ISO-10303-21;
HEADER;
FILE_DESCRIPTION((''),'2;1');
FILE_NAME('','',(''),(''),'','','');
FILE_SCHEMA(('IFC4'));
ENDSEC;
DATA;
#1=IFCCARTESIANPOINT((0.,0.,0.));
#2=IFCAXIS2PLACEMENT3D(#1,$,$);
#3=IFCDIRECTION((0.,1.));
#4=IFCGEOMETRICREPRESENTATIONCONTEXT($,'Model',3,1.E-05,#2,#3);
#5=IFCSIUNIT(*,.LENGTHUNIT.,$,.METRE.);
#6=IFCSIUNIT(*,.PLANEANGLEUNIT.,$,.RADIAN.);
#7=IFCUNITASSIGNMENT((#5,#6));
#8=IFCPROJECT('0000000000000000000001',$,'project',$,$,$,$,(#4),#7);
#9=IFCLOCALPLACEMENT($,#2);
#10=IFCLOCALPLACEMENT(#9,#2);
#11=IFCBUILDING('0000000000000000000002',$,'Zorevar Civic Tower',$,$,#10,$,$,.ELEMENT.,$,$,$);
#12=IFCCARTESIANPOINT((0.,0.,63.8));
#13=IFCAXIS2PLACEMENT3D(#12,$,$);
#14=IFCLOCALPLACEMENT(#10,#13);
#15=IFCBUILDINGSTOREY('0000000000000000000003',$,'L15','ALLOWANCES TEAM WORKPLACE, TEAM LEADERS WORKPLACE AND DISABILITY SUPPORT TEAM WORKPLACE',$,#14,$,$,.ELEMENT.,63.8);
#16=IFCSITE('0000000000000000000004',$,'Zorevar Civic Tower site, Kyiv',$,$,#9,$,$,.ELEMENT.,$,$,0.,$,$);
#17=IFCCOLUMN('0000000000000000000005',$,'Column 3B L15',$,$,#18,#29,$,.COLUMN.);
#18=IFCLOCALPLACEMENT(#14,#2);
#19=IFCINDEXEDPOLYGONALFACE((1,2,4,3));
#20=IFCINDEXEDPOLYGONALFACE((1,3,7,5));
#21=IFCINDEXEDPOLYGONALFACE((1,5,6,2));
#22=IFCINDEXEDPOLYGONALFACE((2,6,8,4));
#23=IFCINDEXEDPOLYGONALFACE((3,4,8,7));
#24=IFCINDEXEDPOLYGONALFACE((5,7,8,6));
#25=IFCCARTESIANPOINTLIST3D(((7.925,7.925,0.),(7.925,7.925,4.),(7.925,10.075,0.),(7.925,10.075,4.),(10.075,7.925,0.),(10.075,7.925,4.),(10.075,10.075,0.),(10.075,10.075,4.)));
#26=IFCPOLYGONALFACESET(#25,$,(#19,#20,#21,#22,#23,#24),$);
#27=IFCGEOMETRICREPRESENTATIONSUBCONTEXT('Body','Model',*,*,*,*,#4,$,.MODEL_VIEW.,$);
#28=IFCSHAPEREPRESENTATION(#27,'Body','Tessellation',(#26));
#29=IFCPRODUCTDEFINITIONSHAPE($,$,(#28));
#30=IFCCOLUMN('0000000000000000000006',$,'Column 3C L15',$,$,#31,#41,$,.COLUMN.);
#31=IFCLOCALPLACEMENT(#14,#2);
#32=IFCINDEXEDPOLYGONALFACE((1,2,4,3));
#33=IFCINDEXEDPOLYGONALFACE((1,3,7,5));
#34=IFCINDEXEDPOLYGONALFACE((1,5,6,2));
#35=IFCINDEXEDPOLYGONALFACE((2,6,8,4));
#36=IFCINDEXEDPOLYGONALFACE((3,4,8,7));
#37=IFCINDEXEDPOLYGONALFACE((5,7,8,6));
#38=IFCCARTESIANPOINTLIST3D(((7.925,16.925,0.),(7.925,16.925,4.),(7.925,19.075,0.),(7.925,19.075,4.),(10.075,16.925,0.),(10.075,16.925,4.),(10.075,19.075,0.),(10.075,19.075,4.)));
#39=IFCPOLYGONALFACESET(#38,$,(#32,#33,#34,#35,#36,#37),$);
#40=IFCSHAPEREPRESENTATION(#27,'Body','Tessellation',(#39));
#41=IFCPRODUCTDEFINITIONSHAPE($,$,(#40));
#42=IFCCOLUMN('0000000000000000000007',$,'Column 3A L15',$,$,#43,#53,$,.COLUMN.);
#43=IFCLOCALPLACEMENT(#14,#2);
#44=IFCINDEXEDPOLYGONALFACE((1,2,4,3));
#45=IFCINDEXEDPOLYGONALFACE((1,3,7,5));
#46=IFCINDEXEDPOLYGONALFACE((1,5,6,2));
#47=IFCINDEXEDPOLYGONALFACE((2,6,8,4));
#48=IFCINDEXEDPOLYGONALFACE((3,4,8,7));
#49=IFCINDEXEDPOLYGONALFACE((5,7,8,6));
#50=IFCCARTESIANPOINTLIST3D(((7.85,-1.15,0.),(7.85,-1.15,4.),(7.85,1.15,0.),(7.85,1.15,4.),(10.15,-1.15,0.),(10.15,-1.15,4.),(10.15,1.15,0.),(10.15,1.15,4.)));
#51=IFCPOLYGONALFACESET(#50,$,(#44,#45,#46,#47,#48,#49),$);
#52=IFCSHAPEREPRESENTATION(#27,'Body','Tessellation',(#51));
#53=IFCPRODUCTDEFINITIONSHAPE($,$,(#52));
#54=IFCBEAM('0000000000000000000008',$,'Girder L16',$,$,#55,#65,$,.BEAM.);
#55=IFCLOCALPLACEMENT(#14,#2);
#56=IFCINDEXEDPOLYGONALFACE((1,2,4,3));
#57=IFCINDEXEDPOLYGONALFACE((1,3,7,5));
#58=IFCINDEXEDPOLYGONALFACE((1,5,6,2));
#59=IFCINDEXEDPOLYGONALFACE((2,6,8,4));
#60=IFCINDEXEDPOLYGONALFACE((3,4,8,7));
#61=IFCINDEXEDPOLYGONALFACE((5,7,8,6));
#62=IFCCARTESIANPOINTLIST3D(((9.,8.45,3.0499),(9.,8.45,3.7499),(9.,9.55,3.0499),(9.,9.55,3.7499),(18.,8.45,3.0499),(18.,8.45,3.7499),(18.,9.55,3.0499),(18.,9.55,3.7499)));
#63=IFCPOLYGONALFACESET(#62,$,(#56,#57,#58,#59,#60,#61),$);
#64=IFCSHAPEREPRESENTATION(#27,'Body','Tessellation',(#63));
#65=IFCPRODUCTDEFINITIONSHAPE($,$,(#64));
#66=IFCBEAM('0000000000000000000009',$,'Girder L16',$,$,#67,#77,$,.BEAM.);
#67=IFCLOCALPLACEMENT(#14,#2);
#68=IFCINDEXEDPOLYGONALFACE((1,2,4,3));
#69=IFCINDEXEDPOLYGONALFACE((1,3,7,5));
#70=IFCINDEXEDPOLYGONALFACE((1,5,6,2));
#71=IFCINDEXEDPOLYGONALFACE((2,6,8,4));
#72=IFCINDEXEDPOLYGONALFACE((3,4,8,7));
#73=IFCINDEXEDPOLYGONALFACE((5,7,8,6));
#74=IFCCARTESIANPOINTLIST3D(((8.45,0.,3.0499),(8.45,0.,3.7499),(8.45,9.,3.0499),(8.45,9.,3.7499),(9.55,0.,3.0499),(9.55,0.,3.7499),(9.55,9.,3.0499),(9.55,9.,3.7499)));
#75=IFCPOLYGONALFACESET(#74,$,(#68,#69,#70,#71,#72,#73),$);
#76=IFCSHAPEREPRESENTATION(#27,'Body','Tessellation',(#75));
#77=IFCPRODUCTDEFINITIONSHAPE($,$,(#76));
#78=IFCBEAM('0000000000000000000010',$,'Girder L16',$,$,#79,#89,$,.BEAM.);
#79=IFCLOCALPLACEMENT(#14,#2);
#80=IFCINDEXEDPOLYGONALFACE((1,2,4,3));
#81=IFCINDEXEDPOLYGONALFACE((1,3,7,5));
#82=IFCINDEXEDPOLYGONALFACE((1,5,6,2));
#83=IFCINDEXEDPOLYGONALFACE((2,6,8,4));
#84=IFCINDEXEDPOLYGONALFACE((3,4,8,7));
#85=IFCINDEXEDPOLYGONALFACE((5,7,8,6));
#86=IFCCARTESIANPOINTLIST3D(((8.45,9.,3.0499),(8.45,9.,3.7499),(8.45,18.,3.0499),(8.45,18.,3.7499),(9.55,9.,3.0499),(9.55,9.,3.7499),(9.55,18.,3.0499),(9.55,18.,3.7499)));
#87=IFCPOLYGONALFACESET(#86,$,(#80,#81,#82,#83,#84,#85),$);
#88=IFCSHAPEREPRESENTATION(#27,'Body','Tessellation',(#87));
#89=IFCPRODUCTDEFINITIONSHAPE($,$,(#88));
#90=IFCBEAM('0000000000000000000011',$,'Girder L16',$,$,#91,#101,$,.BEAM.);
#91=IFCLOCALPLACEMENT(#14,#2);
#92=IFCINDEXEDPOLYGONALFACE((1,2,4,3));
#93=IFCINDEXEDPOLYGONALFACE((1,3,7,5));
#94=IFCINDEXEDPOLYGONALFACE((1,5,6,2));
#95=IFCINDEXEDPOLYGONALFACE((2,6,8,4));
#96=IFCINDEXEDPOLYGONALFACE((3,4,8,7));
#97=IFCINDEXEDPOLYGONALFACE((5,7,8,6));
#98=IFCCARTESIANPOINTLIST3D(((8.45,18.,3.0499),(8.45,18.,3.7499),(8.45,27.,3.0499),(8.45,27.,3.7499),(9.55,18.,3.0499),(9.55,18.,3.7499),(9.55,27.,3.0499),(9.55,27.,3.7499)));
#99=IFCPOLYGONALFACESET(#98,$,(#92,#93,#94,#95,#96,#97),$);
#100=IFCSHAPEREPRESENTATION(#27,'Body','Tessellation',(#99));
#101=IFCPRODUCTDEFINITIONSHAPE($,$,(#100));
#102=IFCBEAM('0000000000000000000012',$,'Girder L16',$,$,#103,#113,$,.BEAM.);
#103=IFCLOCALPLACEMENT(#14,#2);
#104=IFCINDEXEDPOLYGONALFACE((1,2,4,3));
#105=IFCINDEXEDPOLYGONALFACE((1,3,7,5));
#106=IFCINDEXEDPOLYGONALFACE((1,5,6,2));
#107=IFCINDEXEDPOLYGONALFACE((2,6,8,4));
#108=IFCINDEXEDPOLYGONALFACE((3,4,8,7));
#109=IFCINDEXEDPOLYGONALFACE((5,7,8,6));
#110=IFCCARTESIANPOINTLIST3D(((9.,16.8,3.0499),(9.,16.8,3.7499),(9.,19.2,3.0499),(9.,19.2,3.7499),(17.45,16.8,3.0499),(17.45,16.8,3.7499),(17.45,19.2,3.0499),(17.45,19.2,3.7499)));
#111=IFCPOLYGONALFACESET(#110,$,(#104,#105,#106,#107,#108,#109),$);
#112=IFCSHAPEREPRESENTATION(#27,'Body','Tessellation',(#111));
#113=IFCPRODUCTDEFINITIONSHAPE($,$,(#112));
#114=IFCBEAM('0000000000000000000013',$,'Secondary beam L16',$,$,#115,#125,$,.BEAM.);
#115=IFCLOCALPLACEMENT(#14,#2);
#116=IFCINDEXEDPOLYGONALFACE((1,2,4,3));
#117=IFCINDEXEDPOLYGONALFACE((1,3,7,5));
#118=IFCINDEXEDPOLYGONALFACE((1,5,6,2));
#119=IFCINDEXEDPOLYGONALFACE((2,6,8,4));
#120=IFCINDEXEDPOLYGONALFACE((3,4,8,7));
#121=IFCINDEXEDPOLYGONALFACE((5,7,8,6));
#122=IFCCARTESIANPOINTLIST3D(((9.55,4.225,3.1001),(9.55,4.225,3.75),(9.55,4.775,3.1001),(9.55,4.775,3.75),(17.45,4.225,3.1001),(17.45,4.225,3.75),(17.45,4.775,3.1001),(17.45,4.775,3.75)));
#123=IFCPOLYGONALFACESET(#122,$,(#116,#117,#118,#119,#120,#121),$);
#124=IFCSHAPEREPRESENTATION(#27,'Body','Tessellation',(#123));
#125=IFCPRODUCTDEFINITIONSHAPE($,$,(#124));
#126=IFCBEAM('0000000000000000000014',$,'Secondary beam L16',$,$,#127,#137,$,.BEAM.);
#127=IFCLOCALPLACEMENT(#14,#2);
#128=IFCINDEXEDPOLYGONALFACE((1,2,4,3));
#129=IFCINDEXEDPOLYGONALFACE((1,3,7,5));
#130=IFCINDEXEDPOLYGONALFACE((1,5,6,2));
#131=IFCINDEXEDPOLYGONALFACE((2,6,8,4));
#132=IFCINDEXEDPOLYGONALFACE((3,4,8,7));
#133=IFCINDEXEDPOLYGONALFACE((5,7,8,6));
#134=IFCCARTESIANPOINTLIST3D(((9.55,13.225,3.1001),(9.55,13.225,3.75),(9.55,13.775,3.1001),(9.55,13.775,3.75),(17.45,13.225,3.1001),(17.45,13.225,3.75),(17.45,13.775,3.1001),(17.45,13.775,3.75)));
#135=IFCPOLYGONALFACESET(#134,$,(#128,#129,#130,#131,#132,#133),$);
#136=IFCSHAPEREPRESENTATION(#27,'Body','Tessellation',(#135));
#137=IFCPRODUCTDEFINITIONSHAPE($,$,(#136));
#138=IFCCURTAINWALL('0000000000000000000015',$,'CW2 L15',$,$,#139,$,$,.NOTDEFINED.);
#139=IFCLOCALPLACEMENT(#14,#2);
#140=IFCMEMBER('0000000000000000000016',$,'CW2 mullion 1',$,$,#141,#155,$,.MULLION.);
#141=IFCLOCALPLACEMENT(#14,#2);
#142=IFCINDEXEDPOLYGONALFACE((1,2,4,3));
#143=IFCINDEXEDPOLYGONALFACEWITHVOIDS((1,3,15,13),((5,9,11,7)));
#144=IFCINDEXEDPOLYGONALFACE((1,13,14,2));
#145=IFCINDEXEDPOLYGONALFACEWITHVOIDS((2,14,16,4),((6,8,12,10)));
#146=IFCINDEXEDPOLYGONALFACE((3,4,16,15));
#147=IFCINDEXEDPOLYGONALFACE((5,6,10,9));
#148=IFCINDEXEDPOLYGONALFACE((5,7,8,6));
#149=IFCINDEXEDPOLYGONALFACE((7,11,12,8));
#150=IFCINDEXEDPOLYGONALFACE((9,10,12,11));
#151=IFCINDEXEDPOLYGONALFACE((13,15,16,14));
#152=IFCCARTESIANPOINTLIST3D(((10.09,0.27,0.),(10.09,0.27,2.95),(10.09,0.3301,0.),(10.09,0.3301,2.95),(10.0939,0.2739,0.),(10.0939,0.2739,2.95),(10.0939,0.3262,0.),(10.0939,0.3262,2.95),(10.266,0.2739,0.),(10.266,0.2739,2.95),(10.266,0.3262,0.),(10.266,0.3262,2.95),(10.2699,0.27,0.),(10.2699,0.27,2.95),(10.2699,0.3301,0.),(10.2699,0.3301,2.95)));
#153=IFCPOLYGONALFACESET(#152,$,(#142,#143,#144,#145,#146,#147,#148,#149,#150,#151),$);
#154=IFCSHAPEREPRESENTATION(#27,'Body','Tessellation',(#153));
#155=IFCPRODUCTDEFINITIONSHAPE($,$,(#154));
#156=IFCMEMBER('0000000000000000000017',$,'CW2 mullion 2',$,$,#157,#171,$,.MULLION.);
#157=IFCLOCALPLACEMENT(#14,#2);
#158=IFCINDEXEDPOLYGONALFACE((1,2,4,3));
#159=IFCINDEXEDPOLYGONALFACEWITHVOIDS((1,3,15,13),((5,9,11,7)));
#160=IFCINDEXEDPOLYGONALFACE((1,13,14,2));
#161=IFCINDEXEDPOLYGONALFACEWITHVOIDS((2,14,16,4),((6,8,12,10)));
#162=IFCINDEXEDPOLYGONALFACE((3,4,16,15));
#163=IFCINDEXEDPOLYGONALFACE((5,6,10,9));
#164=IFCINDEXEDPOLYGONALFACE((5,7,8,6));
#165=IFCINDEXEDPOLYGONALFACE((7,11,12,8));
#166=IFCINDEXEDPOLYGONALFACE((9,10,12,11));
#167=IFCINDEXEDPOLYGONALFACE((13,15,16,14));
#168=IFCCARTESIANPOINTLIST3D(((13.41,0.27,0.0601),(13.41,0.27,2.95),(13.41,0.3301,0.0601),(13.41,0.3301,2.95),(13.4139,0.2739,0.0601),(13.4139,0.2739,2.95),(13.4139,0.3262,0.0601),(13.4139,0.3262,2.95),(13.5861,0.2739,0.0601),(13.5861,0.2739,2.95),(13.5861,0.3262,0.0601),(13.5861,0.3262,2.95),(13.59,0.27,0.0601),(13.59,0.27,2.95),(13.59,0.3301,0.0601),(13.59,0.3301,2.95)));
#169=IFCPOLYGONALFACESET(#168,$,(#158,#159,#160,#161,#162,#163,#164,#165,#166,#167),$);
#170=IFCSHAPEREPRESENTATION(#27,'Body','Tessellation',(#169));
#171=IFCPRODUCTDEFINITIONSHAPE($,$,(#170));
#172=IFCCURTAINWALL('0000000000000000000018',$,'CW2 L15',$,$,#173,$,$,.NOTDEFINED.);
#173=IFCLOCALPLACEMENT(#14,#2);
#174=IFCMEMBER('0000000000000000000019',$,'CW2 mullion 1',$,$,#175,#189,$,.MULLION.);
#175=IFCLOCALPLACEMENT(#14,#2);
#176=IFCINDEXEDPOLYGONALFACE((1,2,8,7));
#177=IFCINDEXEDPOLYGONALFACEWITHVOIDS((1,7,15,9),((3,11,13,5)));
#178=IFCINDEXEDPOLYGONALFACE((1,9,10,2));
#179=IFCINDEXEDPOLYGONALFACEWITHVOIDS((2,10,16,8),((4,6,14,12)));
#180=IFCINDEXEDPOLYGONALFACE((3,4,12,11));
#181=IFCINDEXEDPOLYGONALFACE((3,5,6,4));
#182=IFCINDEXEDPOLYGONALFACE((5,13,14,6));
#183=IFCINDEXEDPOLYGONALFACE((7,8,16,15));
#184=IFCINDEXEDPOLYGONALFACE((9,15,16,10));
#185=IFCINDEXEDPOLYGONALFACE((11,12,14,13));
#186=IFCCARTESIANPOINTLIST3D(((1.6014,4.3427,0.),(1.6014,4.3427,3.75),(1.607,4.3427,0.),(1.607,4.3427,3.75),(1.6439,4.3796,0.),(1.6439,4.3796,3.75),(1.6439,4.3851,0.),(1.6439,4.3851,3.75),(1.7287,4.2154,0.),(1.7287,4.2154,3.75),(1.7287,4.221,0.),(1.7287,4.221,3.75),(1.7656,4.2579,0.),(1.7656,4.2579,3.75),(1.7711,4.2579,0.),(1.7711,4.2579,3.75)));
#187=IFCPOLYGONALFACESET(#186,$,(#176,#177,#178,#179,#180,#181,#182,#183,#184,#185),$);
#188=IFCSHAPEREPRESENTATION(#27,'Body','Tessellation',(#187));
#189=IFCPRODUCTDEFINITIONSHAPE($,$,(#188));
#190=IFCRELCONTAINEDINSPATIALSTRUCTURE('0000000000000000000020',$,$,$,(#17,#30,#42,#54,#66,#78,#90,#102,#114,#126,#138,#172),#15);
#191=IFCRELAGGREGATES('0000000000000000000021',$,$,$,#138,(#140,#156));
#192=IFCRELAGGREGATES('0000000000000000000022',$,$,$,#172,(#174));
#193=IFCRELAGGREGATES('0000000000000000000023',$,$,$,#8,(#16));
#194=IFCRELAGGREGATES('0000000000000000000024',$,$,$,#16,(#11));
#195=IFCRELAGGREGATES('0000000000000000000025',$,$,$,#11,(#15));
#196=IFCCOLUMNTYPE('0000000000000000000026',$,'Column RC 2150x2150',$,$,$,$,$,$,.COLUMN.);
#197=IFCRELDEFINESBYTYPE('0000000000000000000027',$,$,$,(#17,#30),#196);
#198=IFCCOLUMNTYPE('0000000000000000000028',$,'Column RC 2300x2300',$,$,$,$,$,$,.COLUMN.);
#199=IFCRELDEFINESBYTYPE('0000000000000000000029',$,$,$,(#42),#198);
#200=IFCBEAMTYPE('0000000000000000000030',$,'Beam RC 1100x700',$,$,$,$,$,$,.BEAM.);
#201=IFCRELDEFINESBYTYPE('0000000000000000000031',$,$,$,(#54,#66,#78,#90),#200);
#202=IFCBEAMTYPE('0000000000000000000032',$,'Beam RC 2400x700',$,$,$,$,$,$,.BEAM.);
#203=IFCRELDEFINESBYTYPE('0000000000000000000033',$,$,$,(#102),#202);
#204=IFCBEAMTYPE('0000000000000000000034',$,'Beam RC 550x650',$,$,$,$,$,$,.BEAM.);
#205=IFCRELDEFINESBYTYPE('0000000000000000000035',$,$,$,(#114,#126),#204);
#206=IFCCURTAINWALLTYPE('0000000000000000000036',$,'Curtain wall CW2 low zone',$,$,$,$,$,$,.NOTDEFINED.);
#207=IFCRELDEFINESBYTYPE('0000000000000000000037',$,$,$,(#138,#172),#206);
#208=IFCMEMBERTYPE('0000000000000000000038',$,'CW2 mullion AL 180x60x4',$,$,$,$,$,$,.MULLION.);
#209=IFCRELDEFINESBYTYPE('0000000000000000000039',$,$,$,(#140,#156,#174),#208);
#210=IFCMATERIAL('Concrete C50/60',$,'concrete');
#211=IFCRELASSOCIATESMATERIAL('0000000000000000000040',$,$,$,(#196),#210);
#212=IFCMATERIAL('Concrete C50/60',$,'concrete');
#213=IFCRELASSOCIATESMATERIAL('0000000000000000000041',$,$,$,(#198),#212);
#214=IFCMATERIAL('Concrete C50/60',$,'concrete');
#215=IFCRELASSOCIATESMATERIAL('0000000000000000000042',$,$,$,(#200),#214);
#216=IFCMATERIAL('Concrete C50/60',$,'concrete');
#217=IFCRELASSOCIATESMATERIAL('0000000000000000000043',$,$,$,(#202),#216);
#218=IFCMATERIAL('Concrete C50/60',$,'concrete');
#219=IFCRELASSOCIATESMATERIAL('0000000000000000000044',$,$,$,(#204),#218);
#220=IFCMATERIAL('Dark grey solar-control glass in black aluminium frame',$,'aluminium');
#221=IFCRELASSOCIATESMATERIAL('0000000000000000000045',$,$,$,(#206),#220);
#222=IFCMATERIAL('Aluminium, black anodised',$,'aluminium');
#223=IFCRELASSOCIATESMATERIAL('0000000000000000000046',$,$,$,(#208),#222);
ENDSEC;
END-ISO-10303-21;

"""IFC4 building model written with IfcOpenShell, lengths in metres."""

from ifc_helpers import new_model, si_unit, direction, frame, origin, origin_2d, place, context, subcontext, project, spatial, rectangle, hollow_rectangle, extrude, material, material_profile, profile_set, type_object, element, aggregate, save


model = new_model("IFC4")

# Units and contexts
model_context = context("Model", 3, precision=1e-05, world=origin(), true_north=direction((0.0, 1.0)))
body_context = subcontext(model_context, "Body", "Model", "MODEL_VIEW")
ifc_project = project(units=[si_unit("LENGTHUNIT", "METRE"), si_unit("PLANEANGLEUNIT", "RADIAN")], contexts=[model_context])

# Site, building, storey
site_placement = place(None, origin())
site = spatial("IfcSite", under=ifc_project, at=site_placement, Name="Zorevar Civic Tower site, Kyiv", CompositionType="ELEMENT", RefElevation=0.0)
building_placement = place(site_placement, origin())
building = spatial("IfcBuilding", under=site, at=building_placement, Name="Zorevar Civic Tower", CompositionType="ELEMENT")
storey_placement = place(building_placement, frame((0.0, 0.0, 63.8)))
storey = spatial("IfcBuildingStorey", under=building, at=storey_placement, Name="L15", Description="ALLOWANCES TEAM WORKPLACE, TEAM LEADERS WORKPLACE AND DISABILITY SUPPORT TEAM WORKPLACE", CompositionType="ELEMENT", Elevation=63.8)

# Columns
ifc_material_1 = material(Name="Concrete C50/60", Category="concrete")
ifc_material_profile_1 = material_profile(ifc_material_1, rectangle(XDim=2.1499, YDim=2.1499, at=origin_2d()), Name="RC 2150x2150")
ifc_profile_set_1 = profile_set([ifc_material_profile_1], Name="Concrete C50/60")
column_type_1 = type_object("IfcColumnType", Name="Column RC 2150x2150", PredefinedType="COLUMN", material=ifc_profile_set_1)
for number, where, z_axis, x_axis, name in (
    (1, (9.0, 9.0, 0.0), (0.0, 0.0, 1.0), (1.0, 0.0, 0.0), "Column 3B L15"),
    (2, (9.0, 18.0, 0.0), (0.0, 0.0, 1.0), (1.0, 0.0, 0.0), "Column 3C L15"),
):
    element("IfcColumn", number, at=place(storey_placement, frame(where, z_axis=z_axis, x_axis=x_axis)), inside=storey, type_object=column_type_1, Name=name, PredefinedType="COLUMN", context=body_context, shape_type="SweptSolid", body=[
        extrude(rectangle(XDim=2.1499, YDim=2.1499, at=origin_2d()), origin(), (0.0, 0.0, 1.0), 4.0),
    ])
ifc_material_2 = material(Name="Concrete C50/60", Category="concrete")
ifc_material_profile_2 = material_profile(ifc_material_2, rectangle(XDim=2.3, YDim=2.3, at=origin_2d()), Name="RC 2300x2300")
ifc_profile_set_2 = profile_set([ifc_material_profile_2], Name="Concrete C50/60")
column_type_2 = type_object("IfcColumnType", Name="Column RC 2300x2300", PredefinedType="COLUMN", material=ifc_profile_set_2)
column_placement = place(storey_placement, frame((9.0, 0.0, 0.0), z_axis=(0.0, 0.0, 1.0), x_axis=(1.0, 0.0, 0.0)))
element("IfcColumn", 3, at=column_placement, inside=storey, type_object=column_type_2, Name="Column 3A L15", PredefinedType="COLUMN", context=body_context, shape_type="SweptSolid", body=[
    extrude(rectangle(XDim=2.3, YDim=2.3, at=origin_2d()), origin(), (0.0, 0.0, 1.0), 4.0),
])

# Beams
ifc_material_3 = material(Name="Concrete C50/60", Category="concrete")
ifc_material_profile_3 = material_profile(ifc_material_3, rectangle(XDim=1.1001, YDim=0.7, at=origin_2d()), Name="RC 1100x700")
ifc_profile_set_3 = profile_set([ifc_material_profile_3], Name="Concrete C50/60")
beam_type_1 = type_object("IfcBeamType", Name="Beam RC 1100x700", PredefinedType="BEAM", material=ifc_profile_set_3)
for number, where, z_axis, x_axis, name in (
    (4, (9.0, 9.0, 3.3999), (1.0, 0.0, 0.0), (0.0, 1.0, 0.0), "Girder L16"),
    (5, (9.0, 0.0, 3.3999), (0.0, 1.0, 0.0), (-1.0, 0.0, 0.0), "Girder L16"),
    (6, (9.0, 9.0, 3.3999), (0.0, 1.0, 0.0), (-1.0, 0.0, 0.0), "Girder L16"),
    (7, (9.0, 18.0, 3.3999), (0.0, 1.0, 0.0), (-1.0, 0.0, 0.0), "Girder L16"),
):
    element("IfcBeam", number, at=place(storey_placement, frame(where, z_axis=z_axis, x_axis=x_axis)), inside=storey, type_object=beam_type_1, Name=name, PredefinedType="BEAM", context=body_context, shape_type="SweptSolid", body=[
        extrude(rectangle(XDim=1.1001, YDim=0.7, at=origin_2d()), origin(), (0.0, 0.0, 1.0), 9.0),
    ])
ifc_material_4 = material(Name="Concrete C50/60", Category="concrete")
ifc_material_profile_4 = material_profile(ifc_material_4, rectangle(XDim=2.3999, YDim=0.7, at=origin_2d()), Name="RC 2400x700")
ifc_profile_set_4 = profile_set([ifc_material_profile_4], Name="Concrete C50/60")
beam_type_2 = type_object("IfcBeamType", Name="Beam RC 2400x700", PredefinedType="BEAM", material=ifc_profile_set_4)
beam_1_placement = place(storey_placement, frame((9.0, 18.0, 3.3999), z_axis=(1.0, 0.0, 0.0), x_axis=(0.0, 1.0, 0.0)))
element("IfcBeam", 8, at=beam_1_placement, inside=storey, type_object=beam_type_2, Name="Girder L16", PredefinedType="BEAM", context=body_context, shape_type="SweptSolid", body=[
    extrude(rectangle(XDim=2.3999, YDim=0.7, at=origin_2d()), origin(), (0.0, 0.0, 1.0), 8.45),
])
ifc_material_5 = material(Name="Concrete C50/60", Category="concrete")
ifc_material_profile_5 = material_profile(ifc_material_5, rectangle(XDim=0.55, YDim=0.6499, at=origin_2d()), Name="RC 550x650")
ifc_profile_set_5 = profile_set([ifc_material_profile_5], Name="Concrete C50/60")
beam_type_3 = type_object("IfcBeamType", Name="Beam RC 550x650", PredefinedType="BEAM", material=ifc_profile_set_5)
for number, where, z_axis, x_axis, name in (
    (9, (9.55, 4.5, 3.425), (1.0, 0.0, 0.0), (0.0, 1.0, 0.0), "Secondary beam L16"),
    (10, (9.55, 13.5, 3.425), (1.0, 0.0, 0.0), (0.0, 1.0, 0.0), "Secondary beam L16"),
):
    element("IfcBeam", number, at=place(storey_placement, frame(where, z_axis=z_axis, x_axis=x_axis)), inside=storey, type_object=beam_type_3, Name=name, PredefinedType="BEAM", context=body_context, shape_type="SweptSolid", body=[
        extrude(rectangle(XDim=0.55, YDim=0.6499, at=origin_2d()), origin(), (0.0, 0.0, 1.0), 7.8999),
    ])

# Curtain walls, members
ifc_material_6 = material(Name="Dark grey solar-control glass in black aluminium frame", Category="aluminium")
curtain_wall_type = type_object("IfcCurtainWallType", Name="Curtain wall CW2 low zone", PredefinedType="NOTDEFINED", material=ifc_material_6)
curtain_wall_1_placement = place(storey_placement, origin())
curtain_wall_1 = element("IfcCurtainWall", 11, at=curtain_wall_1_placement, inside=storey, type_object=curtain_wall_type, Name="CW2 L15", PredefinedType="NOTDEFINED")
ifc_material_7 = material(Name="Aluminium, black anodised", Category="aluminium")
ifc_material_profile_6 = material_profile(ifc_material_7, hollow_rectangle(XDim=0.0601, YDim=0.1799, WallThickness=0.0039, at=origin_2d()), Name="AL 180x60x4")
ifc_profile_set_6 = profile_set([ifc_material_profile_6], Name="Aluminium, black anodised")
member_type_1 = type_object("IfcMemberType", Name="CW2 mullion AL 180x60x4", PredefinedType="MULLION", material=ifc_profile_set_6)
member_1_placement = place(storey_placement, frame((10.1799, 0.3, 0.0), z_axis=(0.0, 0.0, 1.0), x_axis=(0.0, 1.0, 0.0)))
member_1 = element("IfcMember", 12, at=member_1_placement, type_object=member_type_1, Name="CW2 mullion 1", PredefinedType="MULLION", context=body_context, shape_type="SweptSolid", body=[
    extrude(hollow_rectangle(XDim=0.0601, YDim=0.1799, WallThickness=0.0039, at=origin_2d()), origin(), (0.0, 0.0, 1.0), 2.95),
])
member_2_placement = place(storey_placement, frame((13.5, 0.3, 0.0601), z_axis=(0.0, 0.0, 1.0), x_axis=(0.0, 1.0, 0.0)))
member_2 = element("IfcMember", 13, at=member_2_placement, type_object=member_type_1, Name="CW2 mullion 2", PredefinedType="MULLION", context=body_context, shape_type="SweptSolid", body=[
    extrude(hollow_rectangle(XDim=0.0601, YDim=0.1799, WallThickness=0.0039, at=origin_2d()), origin(), (0.0, 0.0, 1.0), 2.8899),
])
curtain_wall_2_placement = place(storey_placement, origin())
curtain_wall_2 = element("IfcCurtainWall", 14, at=curtain_wall_2_placement, inside=storey, type_object=curtain_wall_type, Name="CW2 L15", PredefinedType="NOTDEFINED")
member_3_placement = place(storey_placement, frame((1.6863, 4.3003, 0.0), z_axis=(0.0, 0.0, 1.0), x_axis=(0.707107, 0.707107, 0.0)))
member_3 = element("IfcMember", 15, at=member_3_placement, type_object=member_type_1, Name="CW2 mullion 1", PredefinedType="MULLION", context=body_context, shape_type="SweptSolid", body=[
    extrude(hollow_rectangle(XDim=0.0601, YDim=0.1799, WallThickness=0.0039, at=origin_2d()), origin(), (0.0, 0.0, 1.0), 3.75),
])

aggregate(curtain_wall_1, [member_1, member_2])
aggregate(curtain_wall_2, [member_3])

save(model, "model.ifc")
